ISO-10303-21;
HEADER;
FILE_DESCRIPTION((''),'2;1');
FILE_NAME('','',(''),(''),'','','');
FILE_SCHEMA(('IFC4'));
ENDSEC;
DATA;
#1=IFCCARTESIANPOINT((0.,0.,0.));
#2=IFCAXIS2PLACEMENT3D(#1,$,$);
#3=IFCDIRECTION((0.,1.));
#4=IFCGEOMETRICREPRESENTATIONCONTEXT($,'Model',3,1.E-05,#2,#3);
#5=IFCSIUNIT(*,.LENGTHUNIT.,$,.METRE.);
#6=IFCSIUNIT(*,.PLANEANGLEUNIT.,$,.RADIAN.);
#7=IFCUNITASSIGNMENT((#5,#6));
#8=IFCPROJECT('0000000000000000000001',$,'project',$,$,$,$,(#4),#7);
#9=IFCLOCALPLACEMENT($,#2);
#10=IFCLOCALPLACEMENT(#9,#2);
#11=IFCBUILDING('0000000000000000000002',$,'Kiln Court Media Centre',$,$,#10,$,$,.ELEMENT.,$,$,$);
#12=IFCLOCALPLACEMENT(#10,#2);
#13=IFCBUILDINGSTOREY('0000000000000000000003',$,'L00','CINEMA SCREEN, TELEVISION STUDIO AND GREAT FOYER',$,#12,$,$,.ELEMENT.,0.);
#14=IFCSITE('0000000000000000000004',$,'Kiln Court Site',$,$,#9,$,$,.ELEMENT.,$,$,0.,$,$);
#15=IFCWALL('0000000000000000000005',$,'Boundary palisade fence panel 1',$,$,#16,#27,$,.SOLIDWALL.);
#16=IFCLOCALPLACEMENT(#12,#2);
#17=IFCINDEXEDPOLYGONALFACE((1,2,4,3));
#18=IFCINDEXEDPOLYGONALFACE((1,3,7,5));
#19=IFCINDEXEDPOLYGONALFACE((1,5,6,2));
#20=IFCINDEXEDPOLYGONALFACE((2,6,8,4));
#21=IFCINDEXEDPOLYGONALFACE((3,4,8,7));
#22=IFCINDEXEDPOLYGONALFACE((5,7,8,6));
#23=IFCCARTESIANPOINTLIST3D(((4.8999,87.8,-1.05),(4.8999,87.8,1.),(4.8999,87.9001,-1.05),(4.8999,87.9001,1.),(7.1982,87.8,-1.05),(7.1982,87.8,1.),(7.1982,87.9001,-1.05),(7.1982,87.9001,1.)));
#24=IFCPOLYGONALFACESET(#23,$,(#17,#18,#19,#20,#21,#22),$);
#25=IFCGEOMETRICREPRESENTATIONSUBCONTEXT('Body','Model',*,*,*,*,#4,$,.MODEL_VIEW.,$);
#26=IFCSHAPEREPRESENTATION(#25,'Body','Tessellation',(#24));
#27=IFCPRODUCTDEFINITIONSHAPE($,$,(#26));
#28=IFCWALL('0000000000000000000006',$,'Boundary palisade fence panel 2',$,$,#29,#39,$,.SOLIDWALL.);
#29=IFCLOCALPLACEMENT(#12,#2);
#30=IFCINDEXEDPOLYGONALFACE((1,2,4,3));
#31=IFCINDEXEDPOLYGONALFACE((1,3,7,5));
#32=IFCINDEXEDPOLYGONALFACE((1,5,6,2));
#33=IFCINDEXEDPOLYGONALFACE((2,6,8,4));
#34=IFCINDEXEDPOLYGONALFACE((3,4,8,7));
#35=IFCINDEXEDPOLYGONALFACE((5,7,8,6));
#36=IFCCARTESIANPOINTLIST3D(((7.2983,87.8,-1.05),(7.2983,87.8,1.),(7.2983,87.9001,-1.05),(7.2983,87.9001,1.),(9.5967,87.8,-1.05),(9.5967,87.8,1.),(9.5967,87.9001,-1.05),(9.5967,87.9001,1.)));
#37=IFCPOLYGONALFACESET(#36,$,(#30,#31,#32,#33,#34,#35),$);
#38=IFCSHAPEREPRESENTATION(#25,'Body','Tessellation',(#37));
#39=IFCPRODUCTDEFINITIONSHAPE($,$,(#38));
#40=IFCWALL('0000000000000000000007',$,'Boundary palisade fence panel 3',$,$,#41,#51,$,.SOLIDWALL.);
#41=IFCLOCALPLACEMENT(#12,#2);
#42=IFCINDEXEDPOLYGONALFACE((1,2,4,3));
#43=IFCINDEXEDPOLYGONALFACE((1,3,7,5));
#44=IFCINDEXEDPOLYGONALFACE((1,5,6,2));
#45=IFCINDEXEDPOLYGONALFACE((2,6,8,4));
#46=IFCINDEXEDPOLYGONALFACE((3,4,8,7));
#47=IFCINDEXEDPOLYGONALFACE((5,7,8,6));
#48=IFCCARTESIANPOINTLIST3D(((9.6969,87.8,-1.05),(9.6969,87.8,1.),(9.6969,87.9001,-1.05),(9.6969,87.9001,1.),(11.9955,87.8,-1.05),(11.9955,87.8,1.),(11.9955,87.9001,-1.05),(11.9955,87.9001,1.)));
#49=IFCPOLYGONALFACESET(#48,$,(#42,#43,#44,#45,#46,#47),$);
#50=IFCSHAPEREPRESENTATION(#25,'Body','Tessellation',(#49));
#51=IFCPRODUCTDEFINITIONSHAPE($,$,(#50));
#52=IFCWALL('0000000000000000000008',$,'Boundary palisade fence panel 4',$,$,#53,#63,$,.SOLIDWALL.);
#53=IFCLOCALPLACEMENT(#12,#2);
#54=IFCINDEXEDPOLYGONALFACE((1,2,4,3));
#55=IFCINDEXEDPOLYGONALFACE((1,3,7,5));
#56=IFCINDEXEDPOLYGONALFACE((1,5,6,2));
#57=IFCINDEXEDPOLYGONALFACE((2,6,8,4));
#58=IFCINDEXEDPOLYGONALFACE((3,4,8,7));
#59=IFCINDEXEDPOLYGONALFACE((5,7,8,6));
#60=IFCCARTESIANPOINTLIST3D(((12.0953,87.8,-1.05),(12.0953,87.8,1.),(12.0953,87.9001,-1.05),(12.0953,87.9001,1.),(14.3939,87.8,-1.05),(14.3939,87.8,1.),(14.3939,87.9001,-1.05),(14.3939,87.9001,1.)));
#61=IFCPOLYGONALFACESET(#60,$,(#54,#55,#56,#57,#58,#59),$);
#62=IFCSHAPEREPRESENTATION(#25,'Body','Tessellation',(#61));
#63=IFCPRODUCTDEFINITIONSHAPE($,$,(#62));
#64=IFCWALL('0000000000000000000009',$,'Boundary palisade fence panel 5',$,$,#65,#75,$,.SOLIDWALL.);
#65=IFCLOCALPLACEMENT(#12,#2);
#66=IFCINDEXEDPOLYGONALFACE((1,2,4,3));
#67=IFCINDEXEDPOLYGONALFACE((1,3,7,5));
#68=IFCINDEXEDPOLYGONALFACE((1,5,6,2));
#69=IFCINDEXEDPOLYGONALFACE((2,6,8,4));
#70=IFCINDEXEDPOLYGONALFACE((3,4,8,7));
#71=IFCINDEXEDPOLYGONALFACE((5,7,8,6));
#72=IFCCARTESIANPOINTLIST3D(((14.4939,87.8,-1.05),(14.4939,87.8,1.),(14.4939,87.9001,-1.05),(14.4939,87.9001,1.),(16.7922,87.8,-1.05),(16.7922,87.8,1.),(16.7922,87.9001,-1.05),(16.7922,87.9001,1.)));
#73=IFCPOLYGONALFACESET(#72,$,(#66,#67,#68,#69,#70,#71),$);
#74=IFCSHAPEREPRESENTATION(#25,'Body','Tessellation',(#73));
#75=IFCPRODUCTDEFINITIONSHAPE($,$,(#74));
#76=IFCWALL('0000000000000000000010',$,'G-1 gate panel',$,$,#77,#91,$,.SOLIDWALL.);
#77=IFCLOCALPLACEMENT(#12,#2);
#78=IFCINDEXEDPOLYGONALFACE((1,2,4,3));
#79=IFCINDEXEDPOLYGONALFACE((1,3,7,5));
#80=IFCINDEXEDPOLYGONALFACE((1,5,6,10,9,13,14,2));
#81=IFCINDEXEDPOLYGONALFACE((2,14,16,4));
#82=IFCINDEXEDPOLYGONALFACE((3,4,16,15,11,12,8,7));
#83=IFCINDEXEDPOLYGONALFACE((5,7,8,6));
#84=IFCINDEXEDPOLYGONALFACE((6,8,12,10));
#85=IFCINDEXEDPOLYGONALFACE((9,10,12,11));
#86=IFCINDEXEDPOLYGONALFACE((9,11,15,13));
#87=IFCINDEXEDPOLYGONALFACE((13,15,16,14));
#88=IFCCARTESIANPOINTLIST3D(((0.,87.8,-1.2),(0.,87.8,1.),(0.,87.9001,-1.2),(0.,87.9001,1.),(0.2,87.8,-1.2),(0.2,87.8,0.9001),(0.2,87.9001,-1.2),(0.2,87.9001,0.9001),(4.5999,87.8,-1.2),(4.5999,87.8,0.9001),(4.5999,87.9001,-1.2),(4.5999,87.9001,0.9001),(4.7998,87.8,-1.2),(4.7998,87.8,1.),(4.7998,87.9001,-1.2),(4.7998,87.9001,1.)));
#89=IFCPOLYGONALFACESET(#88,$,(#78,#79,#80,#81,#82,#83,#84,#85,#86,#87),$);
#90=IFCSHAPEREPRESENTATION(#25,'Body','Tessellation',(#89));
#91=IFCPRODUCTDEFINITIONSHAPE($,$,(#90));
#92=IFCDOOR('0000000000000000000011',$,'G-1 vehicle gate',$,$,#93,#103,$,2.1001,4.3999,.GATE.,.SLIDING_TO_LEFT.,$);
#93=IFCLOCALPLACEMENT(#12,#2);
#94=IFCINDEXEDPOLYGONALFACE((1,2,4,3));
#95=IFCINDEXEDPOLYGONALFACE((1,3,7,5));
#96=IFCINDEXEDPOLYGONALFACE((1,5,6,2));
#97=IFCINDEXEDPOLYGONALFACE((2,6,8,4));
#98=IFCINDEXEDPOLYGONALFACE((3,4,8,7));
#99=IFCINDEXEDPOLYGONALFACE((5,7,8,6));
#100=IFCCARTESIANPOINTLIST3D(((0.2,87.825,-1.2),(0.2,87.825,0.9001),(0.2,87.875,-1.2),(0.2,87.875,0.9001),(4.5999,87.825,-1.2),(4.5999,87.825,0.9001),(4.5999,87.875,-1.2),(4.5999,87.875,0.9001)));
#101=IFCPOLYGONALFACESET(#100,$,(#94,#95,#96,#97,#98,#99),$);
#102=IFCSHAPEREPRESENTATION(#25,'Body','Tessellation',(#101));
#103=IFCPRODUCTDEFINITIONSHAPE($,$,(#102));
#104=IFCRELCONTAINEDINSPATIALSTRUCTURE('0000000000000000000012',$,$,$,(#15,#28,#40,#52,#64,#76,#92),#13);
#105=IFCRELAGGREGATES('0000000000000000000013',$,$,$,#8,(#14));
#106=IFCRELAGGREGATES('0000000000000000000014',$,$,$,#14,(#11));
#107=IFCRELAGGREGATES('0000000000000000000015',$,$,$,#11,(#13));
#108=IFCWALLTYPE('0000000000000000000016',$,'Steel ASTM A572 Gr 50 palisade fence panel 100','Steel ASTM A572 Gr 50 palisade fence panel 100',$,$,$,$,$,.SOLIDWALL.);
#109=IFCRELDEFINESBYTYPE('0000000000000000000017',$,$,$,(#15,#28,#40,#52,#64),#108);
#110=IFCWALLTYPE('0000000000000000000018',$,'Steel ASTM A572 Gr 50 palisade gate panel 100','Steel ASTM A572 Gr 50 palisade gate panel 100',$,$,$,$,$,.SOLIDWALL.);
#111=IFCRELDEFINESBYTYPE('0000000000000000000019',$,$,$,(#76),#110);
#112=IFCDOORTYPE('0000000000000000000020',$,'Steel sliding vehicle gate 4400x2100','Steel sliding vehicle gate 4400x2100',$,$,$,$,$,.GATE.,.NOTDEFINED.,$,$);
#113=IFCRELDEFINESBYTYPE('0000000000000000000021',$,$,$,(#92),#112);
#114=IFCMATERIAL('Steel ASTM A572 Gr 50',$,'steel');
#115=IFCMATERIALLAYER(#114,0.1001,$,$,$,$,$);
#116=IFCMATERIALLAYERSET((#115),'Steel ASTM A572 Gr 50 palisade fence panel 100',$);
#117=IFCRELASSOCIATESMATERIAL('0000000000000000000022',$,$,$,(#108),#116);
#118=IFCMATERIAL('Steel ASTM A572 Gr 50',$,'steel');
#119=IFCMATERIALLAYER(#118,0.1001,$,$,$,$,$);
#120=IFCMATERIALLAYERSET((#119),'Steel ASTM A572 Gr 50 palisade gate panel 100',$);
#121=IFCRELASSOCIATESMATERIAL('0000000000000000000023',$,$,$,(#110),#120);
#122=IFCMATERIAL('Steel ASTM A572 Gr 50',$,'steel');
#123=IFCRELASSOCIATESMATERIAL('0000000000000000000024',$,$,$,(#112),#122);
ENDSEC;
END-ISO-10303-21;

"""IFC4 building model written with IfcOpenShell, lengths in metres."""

from ifc_helpers import new_model, si_unit, direction, frame, frame_2d, origin, place, context, subcontext, project, spatial, rectangle, extrude, material, layer, layer_set, type_object, element, fill, save


model = new_model("IFC4")

# Units and contexts
model_context = context("Model", 3, precision=1e-05, world=origin(), true_north=direction((0.0, 1.0)))
body_context = subcontext(model_context, "Body", "Model", "MODEL_VIEW")
ifc_project = project(units=[si_unit("LENGTHUNIT", "METRE"), si_unit("PLANEANGLEUNIT", "RADIAN")], contexts=[model_context])

# Site, building, storey
site_placement = place(None, origin())
site = spatial("IfcSite", under=ifc_project, at=site_placement, Name="Kiln Court Site", CompositionType="ELEMENT", RefElevation=0.0)
building_placement = place(site_placement, origin())
building = spatial("IfcBuilding", under=site, at=building_placement, Name="Kiln Court Media Centre", CompositionType="ELEMENT")
storey_placement = place(building_placement, origin())
storey = spatial("IfcBuildingStorey", under=building, at=storey_placement, Name="L00", Description="CINEMA SCREEN, TELEVISION STUDIO AND GREAT FOYER", CompositionType="ELEMENT", Elevation=0.0)

# Walls
ifc_material_1 = material(Name="Steel ASTM A572 Gr 50", Category="steel")
ifc_layer_1 = layer(ifc_material_1, 0.1001)
ifc_layer_set_1 = layer_set([ifc_layer_1], Name="Steel ASTM A572 Gr 50 palisade fence panel 100")
wall_type_1 = type_object("IfcWallType", Name="Steel ASTM A572 Gr 50 palisade fence panel 100", Description="Steel ASTM A572 Gr 50 palisade fence panel 100", PredefinedType="SOLIDWALL", material=ifc_layer_set_1)
for number, where, z_axis, x_axis, name in (
    (1, (4.8999, 87.8501, -1.05), (0.0, 0.0, 1.0), (1.0, 0.0, 0.0), "Boundary palisade fence panel 1"),
    (2, (7.2983, 87.8501, -1.05), (0.0, 0.0, 1.0), (1.0, 0.0, 0.0), "Boundary palisade fence panel 2"),
):
    element("IfcWall", number, at=place(storey_placement, frame(where, z_axis=z_axis, x_axis=x_axis)), inside=storey, type_object=wall_type_1, Name=name, PredefinedType="SOLIDWALL", context=body_context, shape_type="SweptSolid", body=[
        extrude(rectangle(XDim=2.2983, YDim=0.1001, at=frame_2d((1.1492, 0.0))), origin(), (0.0, 0.0, 1.0), 2.05),
    ])
for number, where, z_axis, x_axis, name in (
    (3, (9.6968, 87.8501, -1.05), (0.0, 0.0, 1.0), (1.0, 0.0, 0.0), "Boundary palisade fence panel 3"),
    (4, (12.0952, 87.8501, -1.05), (0.0, 0.0, 1.0), (1.0, 0.0, 0.0), "Boundary palisade fence panel 4"),
):
    element("IfcWall", number, at=place(storey_placement, frame(where, z_axis=z_axis, x_axis=x_axis)), inside=storey, type_object=wall_type_1, Name=name, PredefinedType="SOLIDWALL", context=body_context, shape_type="SweptSolid", body=[
        extrude(rectangle(XDim=2.2986, YDim=0.1001, at=frame_2d((1.1494, 0.0))), origin(), (0.0, 0.0, 1.0), 2.05),
    ])
wall_1_placement = place(storey_placement, frame((14.4939, 87.8501, -1.05), z_axis=(0.0, 0.0, 1.0), x_axis=(1.0, 0.0, 0.0)))
element("IfcWall", 5, at=wall_1_placement, inside=storey, type_object=wall_type_1, Name="Boundary palisade fence panel 5", PredefinedType="SOLIDWALL", context=body_context, shape_type="SweptSolid", body=[
    extrude(rectangle(XDim=2.2983, YDim=0.1001, at=frame_2d((1.1492, 0.0))), origin(), (0.0, 0.0, 1.0), 2.05),
])

# Wall, opening, door
ifc_material_2 = material(Name="Steel ASTM A572 Gr 50", Category="steel")
ifc_layer_2 = layer(ifc_material_2, 0.1001)
ifc_layer_set_2 = layer_set([ifc_layer_2], Name="Steel ASTM A572 Gr 50 palisade gate panel 100")
wall_type_2 = type_object("IfcWallType", Name="Steel ASTM A572 Gr 50 palisade gate panel 100", Description="Steel ASTM A572 Gr 50 palisade gate panel 100", PredefinedType="SOLIDWALL", material=ifc_layer_set_2)
wall_2_placement = place(storey_placement, frame((0.0, 87.8501, -1.2), z_axis=(0.0, 0.0, 1.0), x_axis=(1.0, 0.0, 0.0)))
wall_2 = element("IfcWall", 6, at=wall_2_placement, inside=storey, type_object=wall_type_2, Name="G-1 gate panel", PredefinedType="SOLIDWALL", context=body_context, shape_type="SweptSolid", body=[
    extrude(rectangle(XDim=4.7998, YDim=0.1001, at=frame_2d((2.3999, 0.0))), origin(), (0.0, 0.0, 1.0), 2.2),
])
opening_placement = place(wall_2_placement, frame((0.2, 0.0, 0.0)))
opening = element("IfcOpeningElement", 7, at=opening_placement, cuts=wall_2, PredefinedType="OPENING", context=body_context, shape_type="SweptSolid", body=[
    extrude(rectangle(XDim=4.3999, YDim=2.1001, at=frame_2d((2.2, 1.05))), frame((0.0, 0.0601, 0.0), z_axis=(0.0, -1.0, 0.0), x_axis=(1.0, 0.0, 0.0)), (0.0, 0.0, 1.0), 0.1201),
])
ifc_material_3 = material(Name="Steel ASTM A572 Gr 50", Category="steel")
door_type = type_object("IfcDoorType", Name="Steel sliding vehicle gate 4400x2100", Description="Steel sliding vehicle gate 4400x2100", OperationType="NOTDEFINED", PredefinedType="GATE", material=ifc_material_3)
door_placement = place(opening_placement, origin())
door = element("IfcDoor", 8, at=door_placement, inside=storey, type_object=door_type, Name="G-1 vehicle gate", OperationType="SLIDING_TO_LEFT", OverallHeight=2.1001, OverallWidth=4.3999, PredefinedType="GATE", context=body_context, shape_type="SweptSolid", body=[
    extrude(rectangle(XDim=4.3999, YDim=2.1001, at=frame_2d((2.2, 1.05))), frame((0.0, 0.0249, 0.0), z_axis=(0.0, -1.0, 0.0), x_axis=(1.0, 0.0, 0.0)), (0.0, 0.0, 1.0), 0.05),
])
fill(opening, door)

save(model, "model.ifc")
